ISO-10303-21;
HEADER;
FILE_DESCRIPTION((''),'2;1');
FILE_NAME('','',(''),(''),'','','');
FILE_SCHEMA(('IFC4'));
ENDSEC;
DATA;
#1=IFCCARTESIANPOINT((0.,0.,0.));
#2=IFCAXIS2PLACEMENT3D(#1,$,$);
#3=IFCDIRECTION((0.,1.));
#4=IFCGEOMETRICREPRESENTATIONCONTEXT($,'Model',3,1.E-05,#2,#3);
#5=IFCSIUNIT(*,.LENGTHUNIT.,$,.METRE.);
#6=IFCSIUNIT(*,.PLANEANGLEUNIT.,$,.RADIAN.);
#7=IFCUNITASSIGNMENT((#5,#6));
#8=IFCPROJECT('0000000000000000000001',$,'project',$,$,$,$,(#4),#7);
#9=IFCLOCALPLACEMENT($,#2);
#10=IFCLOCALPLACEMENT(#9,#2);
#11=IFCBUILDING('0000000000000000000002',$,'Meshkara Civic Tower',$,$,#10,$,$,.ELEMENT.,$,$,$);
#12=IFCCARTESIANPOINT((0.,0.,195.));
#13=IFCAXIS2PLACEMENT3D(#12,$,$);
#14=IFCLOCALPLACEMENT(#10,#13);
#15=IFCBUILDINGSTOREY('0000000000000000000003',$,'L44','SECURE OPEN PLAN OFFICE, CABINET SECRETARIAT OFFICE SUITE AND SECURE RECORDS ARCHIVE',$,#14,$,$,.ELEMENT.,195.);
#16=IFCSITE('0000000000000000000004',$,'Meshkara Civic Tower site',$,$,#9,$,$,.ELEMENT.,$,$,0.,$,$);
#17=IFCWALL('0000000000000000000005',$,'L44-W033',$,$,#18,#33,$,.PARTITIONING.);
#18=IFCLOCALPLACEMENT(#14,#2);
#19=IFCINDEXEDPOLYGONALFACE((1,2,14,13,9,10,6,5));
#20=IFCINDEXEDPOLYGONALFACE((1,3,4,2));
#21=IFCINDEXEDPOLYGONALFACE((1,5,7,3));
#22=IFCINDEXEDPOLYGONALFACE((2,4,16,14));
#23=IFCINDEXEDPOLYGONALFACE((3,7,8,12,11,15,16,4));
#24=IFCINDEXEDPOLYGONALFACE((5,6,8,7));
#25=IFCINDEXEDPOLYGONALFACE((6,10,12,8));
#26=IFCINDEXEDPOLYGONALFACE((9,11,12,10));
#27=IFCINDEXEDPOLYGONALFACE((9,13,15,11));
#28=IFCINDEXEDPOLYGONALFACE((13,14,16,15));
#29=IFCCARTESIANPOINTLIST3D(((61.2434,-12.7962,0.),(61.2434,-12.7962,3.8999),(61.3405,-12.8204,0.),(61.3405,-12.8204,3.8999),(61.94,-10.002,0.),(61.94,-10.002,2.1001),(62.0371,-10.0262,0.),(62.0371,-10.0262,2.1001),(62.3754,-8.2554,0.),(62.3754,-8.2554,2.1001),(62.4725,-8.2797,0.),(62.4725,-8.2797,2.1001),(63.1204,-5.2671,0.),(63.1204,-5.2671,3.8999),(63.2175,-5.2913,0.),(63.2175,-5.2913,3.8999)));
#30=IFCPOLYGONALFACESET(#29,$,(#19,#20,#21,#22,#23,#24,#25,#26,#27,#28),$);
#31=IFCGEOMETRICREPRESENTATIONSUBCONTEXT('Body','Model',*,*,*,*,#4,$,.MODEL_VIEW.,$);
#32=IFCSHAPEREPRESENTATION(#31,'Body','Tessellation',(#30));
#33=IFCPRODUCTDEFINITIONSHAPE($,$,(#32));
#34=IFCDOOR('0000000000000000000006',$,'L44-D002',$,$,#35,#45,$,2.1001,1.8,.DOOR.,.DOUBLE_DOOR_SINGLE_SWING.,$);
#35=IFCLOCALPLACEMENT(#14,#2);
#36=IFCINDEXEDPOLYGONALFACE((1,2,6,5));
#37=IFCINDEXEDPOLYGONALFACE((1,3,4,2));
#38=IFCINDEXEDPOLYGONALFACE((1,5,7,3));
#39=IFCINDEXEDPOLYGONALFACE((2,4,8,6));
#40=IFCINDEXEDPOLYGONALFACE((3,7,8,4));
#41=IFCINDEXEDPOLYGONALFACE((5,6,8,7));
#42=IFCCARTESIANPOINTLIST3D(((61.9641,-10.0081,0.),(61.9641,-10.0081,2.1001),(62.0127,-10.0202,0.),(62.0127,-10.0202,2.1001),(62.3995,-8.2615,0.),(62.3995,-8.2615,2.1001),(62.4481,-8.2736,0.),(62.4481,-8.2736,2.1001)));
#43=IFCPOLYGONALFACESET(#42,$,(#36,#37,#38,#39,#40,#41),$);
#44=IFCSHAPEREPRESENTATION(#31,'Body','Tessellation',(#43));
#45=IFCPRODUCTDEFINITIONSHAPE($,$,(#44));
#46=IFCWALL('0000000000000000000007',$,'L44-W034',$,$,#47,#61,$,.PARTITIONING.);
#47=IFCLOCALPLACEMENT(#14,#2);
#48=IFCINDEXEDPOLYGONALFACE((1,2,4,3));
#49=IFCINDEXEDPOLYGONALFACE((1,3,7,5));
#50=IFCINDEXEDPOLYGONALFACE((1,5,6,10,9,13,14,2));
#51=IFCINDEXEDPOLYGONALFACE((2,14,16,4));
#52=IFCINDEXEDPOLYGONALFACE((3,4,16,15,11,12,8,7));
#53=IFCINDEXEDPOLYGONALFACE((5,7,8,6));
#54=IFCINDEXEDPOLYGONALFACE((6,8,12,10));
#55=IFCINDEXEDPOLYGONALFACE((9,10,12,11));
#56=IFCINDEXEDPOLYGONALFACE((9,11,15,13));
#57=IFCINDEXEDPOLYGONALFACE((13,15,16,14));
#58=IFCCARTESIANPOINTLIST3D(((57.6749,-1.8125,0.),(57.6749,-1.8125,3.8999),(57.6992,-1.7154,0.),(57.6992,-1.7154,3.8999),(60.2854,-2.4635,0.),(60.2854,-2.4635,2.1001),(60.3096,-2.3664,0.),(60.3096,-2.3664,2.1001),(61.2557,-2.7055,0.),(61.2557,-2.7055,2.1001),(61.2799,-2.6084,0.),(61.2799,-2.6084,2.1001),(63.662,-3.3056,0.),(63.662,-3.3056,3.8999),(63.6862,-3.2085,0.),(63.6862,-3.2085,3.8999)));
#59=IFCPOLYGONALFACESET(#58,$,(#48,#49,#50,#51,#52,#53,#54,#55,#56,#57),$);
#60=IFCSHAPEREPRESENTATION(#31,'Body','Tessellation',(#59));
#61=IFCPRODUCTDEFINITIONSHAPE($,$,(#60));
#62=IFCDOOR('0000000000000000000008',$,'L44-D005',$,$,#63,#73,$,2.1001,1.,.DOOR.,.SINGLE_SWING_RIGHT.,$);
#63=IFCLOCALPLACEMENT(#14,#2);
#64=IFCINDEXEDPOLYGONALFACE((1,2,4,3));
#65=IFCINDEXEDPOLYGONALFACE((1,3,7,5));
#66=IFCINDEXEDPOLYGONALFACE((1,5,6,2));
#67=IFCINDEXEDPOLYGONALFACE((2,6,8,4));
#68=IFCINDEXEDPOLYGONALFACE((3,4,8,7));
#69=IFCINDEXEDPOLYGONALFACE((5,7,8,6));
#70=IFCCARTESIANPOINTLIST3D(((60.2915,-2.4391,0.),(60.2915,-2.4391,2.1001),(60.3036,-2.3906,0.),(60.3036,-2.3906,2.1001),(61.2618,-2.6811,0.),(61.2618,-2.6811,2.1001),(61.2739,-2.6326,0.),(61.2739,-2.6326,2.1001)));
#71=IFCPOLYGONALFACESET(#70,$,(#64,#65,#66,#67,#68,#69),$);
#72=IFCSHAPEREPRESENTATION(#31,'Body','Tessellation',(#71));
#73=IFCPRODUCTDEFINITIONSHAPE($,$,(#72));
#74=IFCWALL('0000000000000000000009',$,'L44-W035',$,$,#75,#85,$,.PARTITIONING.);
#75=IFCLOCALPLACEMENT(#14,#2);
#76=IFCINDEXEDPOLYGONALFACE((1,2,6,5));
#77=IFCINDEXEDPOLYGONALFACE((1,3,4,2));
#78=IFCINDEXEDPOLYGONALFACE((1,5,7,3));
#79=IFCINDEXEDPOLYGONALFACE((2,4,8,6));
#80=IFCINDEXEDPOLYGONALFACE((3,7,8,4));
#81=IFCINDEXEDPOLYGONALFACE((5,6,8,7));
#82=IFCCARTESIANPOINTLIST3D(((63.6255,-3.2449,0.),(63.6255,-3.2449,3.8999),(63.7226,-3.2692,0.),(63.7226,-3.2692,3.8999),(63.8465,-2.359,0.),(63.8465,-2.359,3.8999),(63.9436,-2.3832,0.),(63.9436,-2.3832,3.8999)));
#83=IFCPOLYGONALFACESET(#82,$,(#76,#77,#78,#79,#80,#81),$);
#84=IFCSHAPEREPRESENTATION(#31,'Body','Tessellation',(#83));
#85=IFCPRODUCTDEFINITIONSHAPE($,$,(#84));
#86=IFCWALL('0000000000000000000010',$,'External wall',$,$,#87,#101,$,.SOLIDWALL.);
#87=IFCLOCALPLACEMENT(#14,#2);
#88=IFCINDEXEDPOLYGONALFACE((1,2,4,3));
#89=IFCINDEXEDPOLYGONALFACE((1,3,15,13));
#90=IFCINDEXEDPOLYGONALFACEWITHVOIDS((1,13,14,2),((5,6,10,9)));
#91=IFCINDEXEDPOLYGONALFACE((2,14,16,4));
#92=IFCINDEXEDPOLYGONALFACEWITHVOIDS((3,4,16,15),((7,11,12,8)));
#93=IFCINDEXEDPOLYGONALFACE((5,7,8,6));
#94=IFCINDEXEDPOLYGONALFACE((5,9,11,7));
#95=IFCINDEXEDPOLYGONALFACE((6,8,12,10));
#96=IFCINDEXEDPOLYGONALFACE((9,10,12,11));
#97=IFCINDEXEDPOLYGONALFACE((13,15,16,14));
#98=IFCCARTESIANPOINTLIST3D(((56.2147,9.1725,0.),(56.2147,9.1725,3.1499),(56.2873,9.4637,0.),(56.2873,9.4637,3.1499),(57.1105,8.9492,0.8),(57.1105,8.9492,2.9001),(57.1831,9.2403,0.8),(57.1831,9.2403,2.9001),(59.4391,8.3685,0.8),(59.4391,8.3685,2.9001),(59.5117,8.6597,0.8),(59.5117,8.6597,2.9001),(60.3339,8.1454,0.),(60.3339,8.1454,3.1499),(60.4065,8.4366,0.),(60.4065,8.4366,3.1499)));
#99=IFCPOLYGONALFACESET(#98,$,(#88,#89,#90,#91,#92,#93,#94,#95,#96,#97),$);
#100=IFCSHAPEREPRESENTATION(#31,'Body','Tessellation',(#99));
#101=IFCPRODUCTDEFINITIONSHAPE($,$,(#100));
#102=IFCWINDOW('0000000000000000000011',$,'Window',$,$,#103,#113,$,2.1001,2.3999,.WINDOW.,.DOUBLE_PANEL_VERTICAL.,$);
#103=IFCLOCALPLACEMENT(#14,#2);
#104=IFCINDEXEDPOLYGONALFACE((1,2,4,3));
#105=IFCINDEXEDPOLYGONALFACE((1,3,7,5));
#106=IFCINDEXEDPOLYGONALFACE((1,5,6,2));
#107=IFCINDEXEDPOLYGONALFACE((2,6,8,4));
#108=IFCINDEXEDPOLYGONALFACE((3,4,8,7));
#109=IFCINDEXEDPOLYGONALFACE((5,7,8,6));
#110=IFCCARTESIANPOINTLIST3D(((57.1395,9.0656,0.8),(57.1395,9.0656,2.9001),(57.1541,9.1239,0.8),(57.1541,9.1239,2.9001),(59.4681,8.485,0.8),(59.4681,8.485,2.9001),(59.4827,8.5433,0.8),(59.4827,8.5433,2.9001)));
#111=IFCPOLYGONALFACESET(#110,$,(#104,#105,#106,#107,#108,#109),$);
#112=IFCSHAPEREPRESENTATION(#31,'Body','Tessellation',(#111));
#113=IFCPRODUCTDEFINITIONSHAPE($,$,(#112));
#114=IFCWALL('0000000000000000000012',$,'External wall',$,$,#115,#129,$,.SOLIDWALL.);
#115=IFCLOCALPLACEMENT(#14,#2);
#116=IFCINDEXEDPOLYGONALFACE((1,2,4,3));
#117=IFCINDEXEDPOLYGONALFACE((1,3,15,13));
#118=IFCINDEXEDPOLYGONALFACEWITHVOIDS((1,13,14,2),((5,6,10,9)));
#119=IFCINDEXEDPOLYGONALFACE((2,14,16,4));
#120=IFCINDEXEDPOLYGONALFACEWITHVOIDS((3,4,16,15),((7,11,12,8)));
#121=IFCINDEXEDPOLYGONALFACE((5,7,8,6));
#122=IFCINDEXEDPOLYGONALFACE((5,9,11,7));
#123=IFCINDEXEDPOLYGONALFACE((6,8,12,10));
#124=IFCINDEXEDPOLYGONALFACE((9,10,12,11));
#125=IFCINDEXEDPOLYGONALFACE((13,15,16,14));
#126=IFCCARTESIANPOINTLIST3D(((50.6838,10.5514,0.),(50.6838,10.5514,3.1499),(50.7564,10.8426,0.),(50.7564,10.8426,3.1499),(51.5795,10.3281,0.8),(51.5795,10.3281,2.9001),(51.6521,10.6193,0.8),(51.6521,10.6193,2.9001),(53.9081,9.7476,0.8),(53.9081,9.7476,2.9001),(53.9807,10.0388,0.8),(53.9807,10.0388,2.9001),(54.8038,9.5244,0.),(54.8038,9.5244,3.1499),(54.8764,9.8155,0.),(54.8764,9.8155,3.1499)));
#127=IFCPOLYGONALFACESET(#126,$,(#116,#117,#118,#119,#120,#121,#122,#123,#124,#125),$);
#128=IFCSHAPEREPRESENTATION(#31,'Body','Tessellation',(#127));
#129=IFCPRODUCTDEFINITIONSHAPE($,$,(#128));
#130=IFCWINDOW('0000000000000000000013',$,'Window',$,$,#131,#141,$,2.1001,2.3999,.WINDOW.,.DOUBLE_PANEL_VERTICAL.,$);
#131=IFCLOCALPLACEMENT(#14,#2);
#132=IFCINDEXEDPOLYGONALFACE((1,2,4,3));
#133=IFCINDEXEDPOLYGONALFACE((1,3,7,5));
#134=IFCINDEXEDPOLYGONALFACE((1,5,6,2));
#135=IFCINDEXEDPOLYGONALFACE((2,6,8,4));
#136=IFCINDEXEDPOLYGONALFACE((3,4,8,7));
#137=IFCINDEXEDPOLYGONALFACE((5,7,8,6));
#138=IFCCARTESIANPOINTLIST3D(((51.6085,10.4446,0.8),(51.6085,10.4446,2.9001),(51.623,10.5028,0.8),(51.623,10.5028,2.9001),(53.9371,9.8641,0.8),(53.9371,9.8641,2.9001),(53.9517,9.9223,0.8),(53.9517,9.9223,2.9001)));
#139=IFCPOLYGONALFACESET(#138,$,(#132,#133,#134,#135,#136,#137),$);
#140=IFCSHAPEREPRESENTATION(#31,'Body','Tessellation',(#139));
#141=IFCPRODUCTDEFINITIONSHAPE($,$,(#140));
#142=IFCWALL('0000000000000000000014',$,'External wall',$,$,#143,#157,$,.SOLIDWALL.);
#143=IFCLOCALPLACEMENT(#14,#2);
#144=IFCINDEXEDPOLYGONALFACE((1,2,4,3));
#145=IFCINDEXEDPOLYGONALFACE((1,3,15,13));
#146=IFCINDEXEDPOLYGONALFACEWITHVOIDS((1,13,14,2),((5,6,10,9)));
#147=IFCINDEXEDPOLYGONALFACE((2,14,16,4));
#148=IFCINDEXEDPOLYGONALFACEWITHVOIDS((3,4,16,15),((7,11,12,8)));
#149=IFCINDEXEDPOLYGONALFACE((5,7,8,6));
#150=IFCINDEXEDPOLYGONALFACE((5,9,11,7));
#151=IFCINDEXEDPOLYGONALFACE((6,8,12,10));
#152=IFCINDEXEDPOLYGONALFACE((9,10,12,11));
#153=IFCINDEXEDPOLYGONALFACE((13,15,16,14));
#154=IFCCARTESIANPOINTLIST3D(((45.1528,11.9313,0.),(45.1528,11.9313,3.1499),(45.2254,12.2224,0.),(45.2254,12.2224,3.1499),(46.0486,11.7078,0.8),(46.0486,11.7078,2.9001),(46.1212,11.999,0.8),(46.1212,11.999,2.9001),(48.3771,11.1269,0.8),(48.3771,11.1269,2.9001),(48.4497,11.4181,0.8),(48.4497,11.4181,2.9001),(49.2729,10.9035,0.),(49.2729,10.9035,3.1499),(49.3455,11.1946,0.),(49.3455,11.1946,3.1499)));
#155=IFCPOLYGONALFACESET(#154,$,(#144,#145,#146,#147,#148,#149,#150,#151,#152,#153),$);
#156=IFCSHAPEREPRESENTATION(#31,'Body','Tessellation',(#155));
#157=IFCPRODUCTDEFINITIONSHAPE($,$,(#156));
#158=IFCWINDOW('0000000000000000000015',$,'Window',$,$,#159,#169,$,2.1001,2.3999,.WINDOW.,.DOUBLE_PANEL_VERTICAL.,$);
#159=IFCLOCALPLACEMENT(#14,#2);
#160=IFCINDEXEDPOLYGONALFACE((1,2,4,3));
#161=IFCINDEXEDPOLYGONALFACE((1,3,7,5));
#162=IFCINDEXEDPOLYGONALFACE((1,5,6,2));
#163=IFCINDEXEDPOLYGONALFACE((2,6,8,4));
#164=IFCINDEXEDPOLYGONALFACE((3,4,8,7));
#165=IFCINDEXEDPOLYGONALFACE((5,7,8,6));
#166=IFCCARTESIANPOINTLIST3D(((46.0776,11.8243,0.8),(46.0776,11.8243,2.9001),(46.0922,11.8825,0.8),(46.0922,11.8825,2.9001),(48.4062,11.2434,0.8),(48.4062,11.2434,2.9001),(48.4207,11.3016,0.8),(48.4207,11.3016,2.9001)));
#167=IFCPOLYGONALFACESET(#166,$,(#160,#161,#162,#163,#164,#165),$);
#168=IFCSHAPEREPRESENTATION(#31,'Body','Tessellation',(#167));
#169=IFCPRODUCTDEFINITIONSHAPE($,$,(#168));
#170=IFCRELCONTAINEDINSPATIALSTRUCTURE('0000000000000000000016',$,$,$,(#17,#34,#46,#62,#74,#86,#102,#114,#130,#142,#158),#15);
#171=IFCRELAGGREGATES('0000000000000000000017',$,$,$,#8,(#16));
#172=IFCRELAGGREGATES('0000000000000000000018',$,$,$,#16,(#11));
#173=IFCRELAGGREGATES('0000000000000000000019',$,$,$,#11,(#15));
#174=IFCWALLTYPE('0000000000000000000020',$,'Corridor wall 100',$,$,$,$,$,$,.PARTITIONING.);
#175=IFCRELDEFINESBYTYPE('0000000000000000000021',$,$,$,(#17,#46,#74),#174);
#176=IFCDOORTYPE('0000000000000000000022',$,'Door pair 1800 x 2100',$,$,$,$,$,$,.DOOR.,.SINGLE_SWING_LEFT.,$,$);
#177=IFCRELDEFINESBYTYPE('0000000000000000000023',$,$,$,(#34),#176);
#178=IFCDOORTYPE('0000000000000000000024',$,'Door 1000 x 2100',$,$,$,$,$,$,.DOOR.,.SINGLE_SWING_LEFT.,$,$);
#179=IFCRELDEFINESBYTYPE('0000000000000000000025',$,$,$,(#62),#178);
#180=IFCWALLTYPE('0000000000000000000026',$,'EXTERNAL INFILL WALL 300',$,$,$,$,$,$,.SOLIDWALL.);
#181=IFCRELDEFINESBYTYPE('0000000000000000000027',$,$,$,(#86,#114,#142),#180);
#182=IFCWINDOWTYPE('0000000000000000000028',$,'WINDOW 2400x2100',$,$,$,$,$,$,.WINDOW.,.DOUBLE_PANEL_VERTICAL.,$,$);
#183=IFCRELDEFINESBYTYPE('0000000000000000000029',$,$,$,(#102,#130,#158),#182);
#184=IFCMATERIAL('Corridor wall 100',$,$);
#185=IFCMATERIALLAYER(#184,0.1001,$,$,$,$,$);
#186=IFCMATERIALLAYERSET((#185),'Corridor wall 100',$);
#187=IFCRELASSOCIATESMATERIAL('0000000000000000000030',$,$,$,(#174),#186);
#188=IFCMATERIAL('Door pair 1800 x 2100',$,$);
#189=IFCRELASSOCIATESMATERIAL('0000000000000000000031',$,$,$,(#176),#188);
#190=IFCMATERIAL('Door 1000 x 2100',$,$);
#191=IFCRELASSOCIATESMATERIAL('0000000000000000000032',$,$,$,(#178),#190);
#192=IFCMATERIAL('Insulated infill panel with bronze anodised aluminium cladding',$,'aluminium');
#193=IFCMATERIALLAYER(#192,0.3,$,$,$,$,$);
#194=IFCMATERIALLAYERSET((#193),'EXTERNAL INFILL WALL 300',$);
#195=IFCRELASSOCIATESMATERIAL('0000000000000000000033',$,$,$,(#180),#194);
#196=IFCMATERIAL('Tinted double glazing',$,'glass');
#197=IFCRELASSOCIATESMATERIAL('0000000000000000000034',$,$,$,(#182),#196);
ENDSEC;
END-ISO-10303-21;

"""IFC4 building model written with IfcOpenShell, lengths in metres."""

from ifc_helpers import new_model, si_unit, direction, frame, frame_2d, origin, place, context, subcontext, project, spatial, rectangle, extrude, material, layer, layer_set, type_object, element, fill, save


model = new_model("IFC4")

# Units and contexts
model_context = context("Model", 3, precision=1e-05, world=origin(), true_north=direction((0.0, 1.0)))
body_context = subcontext(model_context, "Body", "Model", "MODEL_VIEW")
ifc_project = project(units=[si_unit("LENGTHUNIT", "METRE"), si_unit("PLANEANGLEUNIT", "RADIAN")], contexts=[model_context])

# Site, building, storey
site_placement = place(None, origin())
site = spatial("IfcSite", under=ifc_project, at=site_placement, Name="Meshkara Civic Tower site", CompositionType="ELEMENT", RefElevation=0.0)
building_placement = place(site_placement, origin())
building = spatial("IfcBuilding", under=site, at=building_placement, Name="Meshkara Civic Tower", CompositionType="ELEMENT")
storey_placement = place(building_placement, frame((0.0, 0.0, 195.0)))
storey = spatial("IfcBuildingStorey", under=building, at=storey_placement, Name="L44", Description="SECURE OPEN PLAN OFFICE, CABINET SECRETARIAT OFFICE SUITE AND SECURE RECORDS ARCHIVE", CompositionType="ELEMENT", Elevation=195.0)

# Shared definitions
ifc_material_1 = material(Name="Corridor wall 100")
ifc_layer_1 = layer(ifc_material_1, 0.1001)
ifc_layer_set_1 = layer_set([ifc_layer_1], Name="Corridor wall 100")
wall_type_1 = type_object("IfcWallType", Name="Corridor wall 100", PredefinedType="PARTITIONING", material=ifc_layer_set_1)

# Walls, openings, doors
wall_1_placement = place(storey_placement, frame((63.1689, -5.2791, 0.0), z_axis=(0.0, 0.0, 1.0), x_axis=(-0.241891, -0.970303, 0.0)))
wall_1 = element("IfcWall", 1, at=wall_1_placement, inside=storey, type_object=wall_type_1, Name="L44-W033", PredefinedType="PARTITIONING", context=body_context, shape_type="SweptSolid", body=[
    extrude(rectangle(XDim=7.7595, YDim=0.1001, at=frame_2d((3.8799, 0.0))), origin(), (0.0, 0.0, 1.0), 3.8999),
])
opening_1_placement = place(wall_1_placement, frame((3.0801, 0.0, 0.0)))
opening_1 = element("IfcOpeningElement", 2, at=opening_1_placement, cuts=wall_1, PredefinedType="OPENING", context=body_context, shape_type="SweptSolid", body=[
    extrude(rectangle(XDim=1.8, YDim=2.1001, at=frame_2d((0.8999, 1.05))), frame((0.0, 0.0601, 0.0), z_axis=(0.0, -1.0, 0.0), x_axis=(1.0, 0.0, 0.0)), (0.0, 0.0, 1.0), 0.1201),
])
ifc_material_2 = material(Name="Door pair 1800 x 2100")
door_type_1 = type_object("IfcDoorType", Name="Door pair 1800 x 2100", OperationType="SINGLE_SWING_LEFT", PredefinedType="DOOR", material=ifc_material_2)
door_1_placement = place(opening_1_placement, origin())
door_1 = element("IfcDoor", 3, at=door_1_placement, inside=storey, type_object=door_type_1, Name="L44-D002", OperationType="DOUBLE_DOOR_SINGLE_SWING", OverallHeight=2.1001, OverallWidth=1.8, PredefinedType="DOOR", context=body_context, shape_type="SweptSolid", body=[
    extrude(rectangle(XDim=1.8, YDim=2.1001, at=frame_2d((0.8999, 1.05))), frame((0.0, 0.0249, 0.0), z_axis=(0.0, -1.0, 0.0), x_axis=(1.0, 0.0, 0.0)), (0.0, 0.0, 1.0), 0.05),
])
fill(opening_1, door_1)
wall_2_placement = place(storey_placement, frame((63.6741, -3.2571, 0.0), z_axis=(0.0, 0.0, 1.0), x_axis=(-0.97028, 0.241986, 0.0)))
wall_2 = element("IfcWall", 4, at=wall_2_placement, inside=storey, type_object=wall_type_1, Name="L44-W034", PredefinedType="PARTITIONING", context=body_context, shape_type="SweptSolid", body=[
    extrude(rectangle(XDim=6.1704, YDim=0.1001, at=frame_2d((3.0852, 0.0))), origin(), (0.0, 0.0, 1.0), 3.8999),
])
opening_2_placement = place(wall_2_placement, frame((2.48, 0.0, 0.0)))
opening_2 = element("IfcOpeningElement", 5, at=opening_2_placement, cuts=wall_2, PredefinedType="OPENING", context=body_context, shape_type="SweptSolid", body=[
    extrude(rectangle(XDim=1.0, YDim=2.1001, at=frame_2d((0.5, 1.05))), frame((0.0, 0.0601, 0.0), z_axis=(0.0, -1.0, 0.0), x_axis=(1.0, 0.0, 0.0)), (0.0, 0.0, 1.0), 0.1201),
])
ifc_material_3 = material(Name="Door 1000 x 2100")
door_type_2 = type_object("IfcDoorType", Name="Door 1000 x 2100", OperationType="SINGLE_SWING_LEFT", PredefinedType="DOOR", material=ifc_material_3)
door_2_placement = place(opening_2_placement, origin())
door_2 = element("IfcDoor", 6, at=door_2_placement, inside=storey, type_object=door_type_2, Name="L44-D005", OperationType="SINGLE_SWING_RIGHT", OverallHeight=2.1001, OverallWidth=1.0, PredefinedType="DOOR", context=body_context, shape_type="SweptSolid", body=[
    extrude(rectangle(XDim=1.0, YDim=2.1001, at=frame_2d((0.5, 1.05))), frame((0.0, 0.0249, 0.0), z_axis=(0.0, -1.0, 0.0), x_axis=(1.0, 0.0, 0.0)), (0.0, 0.0, 1.0), 0.05),
])
fill(opening_2, door_2)

# Wall
wall_3_placement = place(storey_placement, frame((63.895, -2.3711, 0.0), z_axis=(0.0, 0.0, 1.0), x_axis=(-0.241969, -0.970284, 0.0)))
element("IfcWall", 7, at=wall_3_placement, inside=storey, type_object=wall_type_1, Name="L44-W035", PredefinedType="PARTITIONING", context=body_context, shape_type="SweptSolid", body=[
    extrude(rectangle(XDim=0.9131, YDim=0.1001, at=frame_2d((0.4565, 0.0))), origin(), (0.0, 0.0, 1.0), 3.8999),
])

# Walls, openings, windows
ifc_material_4 = material(Name="Insulated infill panel with bronze anodised aluminium cladding", Category="aluminium")
ifc_layer_2 = layer(ifc_material_4, 0.3)
ifc_layer_set_2 = layer_set([ifc_layer_2], Name="EXTERNAL INFILL WALL 300")
wall_type_2 = type_object("IfcWallType", Name="EXTERNAL INFILL WALL 300", PredefinedType="SOLIDWALL", material=ifc_layer_set_2)
wall_4_placement = place(storey_placement, frame((60.3701, 8.291, 0.0), z_axis=(0.0, 0.0, 1.0), x_axis=(-0.970291, 0.24194, 0.0)))
wall_4 = element("IfcWall", 8, at=wall_4_placement, inside=storey, type_object=wall_type_2, Name="External wall", PredefinedType="SOLIDWALL", context=body_context, shape_type="SweptSolid", body=[
    extrude(rectangle(XDim=4.2454, YDim=0.3, at=frame_2d((2.1226, 0.0))), origin(), (0.0, 0.0, 1.0), 3.1499),
])
opening_3_placement = place(wall_4_placement, frame((0.9221, 0.0, 0.8)))
opening_3 = element("IfcOpeningElement", 9, at=opening_3_placement, cuts=wall_4, PredefinedType="OPENING", context=body_context, shape_type="SweptSolid", body=[
    extrude(rectangle(XDim=2.3999, YDim=2.1001, at=frame_2d((1.2, 1.05))), frame((0.0, 0.1599, 0.0), z_axis=(0.0, -1.0, 0.0), x_axis=(1.0, 0.0, 0.0)), (0.0, 0.0, 1.0), 0.3201),
])
ifc_material_5 = material(Name="Tinted double glazing", Category="glass")
window_type = type_object("IfcWindowType", Name="WINDOW 2400x2100", PartitioningType="DOUBLE_PANEL_VERTICAL", PredefinedType="WINDOW", material=ifc_material_5)
window_1_placement = place(opening_3_placement, origin())
window_1 = element("IfcWindow", 10, at=window_1_placement, inside=storey, type_object=window_type, Name="Window", OverallHeight=2.1001, OverallWidth=2.3999, PartitioningType="DOUBLE_PANEL_VERTICAL", PredefinedType="WINDOW", context=body_context, shape_type="SweptSolid", body=[
    extrude(rectangle(XDim=2.3999, YDim=2.1001, at=frame_2d((1.2, 1.05))), frame((0.0, 0.03, 0.0), z_axis=(0.0, -1.0, 0.0), x_axis=(1.0, 0.0, 0.0)), (0.0, 0.0, 1.0), 0.0601),
])
fill(opening_3, window_1)
wall_5_placement = place(storey_placement, frame((54.8401, 9.6699, 0.0), z_axis=(0.0, 0.0, 1.0), x_axis=(-0.970305, 0.241886, 0.0)))
wall_5 = element("IfcWall", 11, at=wall_5_placement, inside=storey, type_object=wall_type_2, Name="External wall", PredefinedType="SOLIDWALL", context=body_context, shape_type="SweptSolid", body=[
    extrude(rectangle(XDim=4.2461, YDim=0.3, at=frame_2d((2.123, 0.0))), origin(), (0.0, 0.0, 1.0), 3.1499),
])
opening_4_placement = place(wall_5_placement, frame((0.9231, 0.0, 0.8)))
opening_4 = element("IfcOpeningElement", 12, at=opening_4_placement, cuts=wall_5, PredefinedType="OPENING", context=body_context, shape_type="SweptSolid", body=[
    extrude(rectangle(XDim=2.3999, YDim=2.1001, at=frame_2d((1.2, 1.05))), frame((0.0, 0.1599, 0.0), z_axis=(0.0, -1.0, 0.0), x_axis=(1.0, 0.0, 0.0)), (0.0, 0.0, 1.0), 0.3201),
])
window_2_placement = place(opening_4_placement, origin())
window_2 = element("IfcWindow", 13, at=window_2_placement, inside=storey, type_object=window_type, Name="Window", OverallHeight=2.1001, OverallWidth=2.3999, PartitioningType="DOUBLE_PANEL_VERTICAL", PredefinedType="WINDOW", context=body_context, shape_type="SweptSolid", body=[
    extrude(rectangle(XDim=2.3999, YDim=2.1001, at=frame_2d((1.2, 1.05))), frame((0.0, 0.03, 0.0), z_axis=(0.0, -1.0, 0.0), x_axis=(1.0, 0.0, 0.0)), (0.0, 0.0, 1.0), 0.0601),
])
fill(opening_4, window_2)
wall_6_placement = place(storey_placement, frame((49.3091, 11.0491, 0.0), z_axis=(0.0, 0.0, 1.0), x_axis=(-0.970264, 0.242049, 0.0)))
wall_6 = element("IfcWall", 14, at=wall_6_placement, inside=storey, type_object=wall_type_2, Name="External wall", PredefinedType="SOLIDWALL", context=body_context, shape_type="SweptSolid", body=[
    extrude(rectangle(XDim=4.2463, YDim=0.3, at=frame_2d((2.123, 0.0))), origin(), (0.0, 0.0, 1.0), 3.1499),
])
opening_5_placement = place(wall_6_placement, frame((0.9231, 0.0, 0.8)))
opening_5 = element("IfcOpeningElement", 15, at=opening_5_placement, cuts=wall_6, PredefinedType="OPENING", context=body_context, shape_type="SweptSolid", body=[
    extrude(rectangle(XDim=2.3999, YDim=2.1001, at=frame_2d((1.2, 1.05))), frame((0.0, 0.1599, 0.0), z_axis=(0.0, -1.0, 0.0), x_axis=(1.0, 0.0, 0.0)), (0.0, 0.0, 1.0), 0.3201),
])
window_3_placement = place(opening_5_placement, origin())
window_3 = element("IfcWindow", 16, at=window_3_placement, inside=storey, type_object=window_type, Name="Window", OverallHeight=2.1001, OverallWidth=2.3999, PartitioningType="DOUBLE_PANEL_VERTICAL", PredefinedType="WINDOW", context=body_context, shape_type="SweptSolid", body=[
    extrude(rectangle(XDim=2.3999, YDim=2.1001, at=frame_2d((1.2, 1.05))), frame((0.0, 0.03, 0.0), z_axis=(0.0, -1.0, 0.0), x_axis=(1.0, 0.0, 0.0)), (0.0, 0.0, 1.0), 0.0601),
])
fill(opening_5, window_3)

save(model, "model.ifc")
